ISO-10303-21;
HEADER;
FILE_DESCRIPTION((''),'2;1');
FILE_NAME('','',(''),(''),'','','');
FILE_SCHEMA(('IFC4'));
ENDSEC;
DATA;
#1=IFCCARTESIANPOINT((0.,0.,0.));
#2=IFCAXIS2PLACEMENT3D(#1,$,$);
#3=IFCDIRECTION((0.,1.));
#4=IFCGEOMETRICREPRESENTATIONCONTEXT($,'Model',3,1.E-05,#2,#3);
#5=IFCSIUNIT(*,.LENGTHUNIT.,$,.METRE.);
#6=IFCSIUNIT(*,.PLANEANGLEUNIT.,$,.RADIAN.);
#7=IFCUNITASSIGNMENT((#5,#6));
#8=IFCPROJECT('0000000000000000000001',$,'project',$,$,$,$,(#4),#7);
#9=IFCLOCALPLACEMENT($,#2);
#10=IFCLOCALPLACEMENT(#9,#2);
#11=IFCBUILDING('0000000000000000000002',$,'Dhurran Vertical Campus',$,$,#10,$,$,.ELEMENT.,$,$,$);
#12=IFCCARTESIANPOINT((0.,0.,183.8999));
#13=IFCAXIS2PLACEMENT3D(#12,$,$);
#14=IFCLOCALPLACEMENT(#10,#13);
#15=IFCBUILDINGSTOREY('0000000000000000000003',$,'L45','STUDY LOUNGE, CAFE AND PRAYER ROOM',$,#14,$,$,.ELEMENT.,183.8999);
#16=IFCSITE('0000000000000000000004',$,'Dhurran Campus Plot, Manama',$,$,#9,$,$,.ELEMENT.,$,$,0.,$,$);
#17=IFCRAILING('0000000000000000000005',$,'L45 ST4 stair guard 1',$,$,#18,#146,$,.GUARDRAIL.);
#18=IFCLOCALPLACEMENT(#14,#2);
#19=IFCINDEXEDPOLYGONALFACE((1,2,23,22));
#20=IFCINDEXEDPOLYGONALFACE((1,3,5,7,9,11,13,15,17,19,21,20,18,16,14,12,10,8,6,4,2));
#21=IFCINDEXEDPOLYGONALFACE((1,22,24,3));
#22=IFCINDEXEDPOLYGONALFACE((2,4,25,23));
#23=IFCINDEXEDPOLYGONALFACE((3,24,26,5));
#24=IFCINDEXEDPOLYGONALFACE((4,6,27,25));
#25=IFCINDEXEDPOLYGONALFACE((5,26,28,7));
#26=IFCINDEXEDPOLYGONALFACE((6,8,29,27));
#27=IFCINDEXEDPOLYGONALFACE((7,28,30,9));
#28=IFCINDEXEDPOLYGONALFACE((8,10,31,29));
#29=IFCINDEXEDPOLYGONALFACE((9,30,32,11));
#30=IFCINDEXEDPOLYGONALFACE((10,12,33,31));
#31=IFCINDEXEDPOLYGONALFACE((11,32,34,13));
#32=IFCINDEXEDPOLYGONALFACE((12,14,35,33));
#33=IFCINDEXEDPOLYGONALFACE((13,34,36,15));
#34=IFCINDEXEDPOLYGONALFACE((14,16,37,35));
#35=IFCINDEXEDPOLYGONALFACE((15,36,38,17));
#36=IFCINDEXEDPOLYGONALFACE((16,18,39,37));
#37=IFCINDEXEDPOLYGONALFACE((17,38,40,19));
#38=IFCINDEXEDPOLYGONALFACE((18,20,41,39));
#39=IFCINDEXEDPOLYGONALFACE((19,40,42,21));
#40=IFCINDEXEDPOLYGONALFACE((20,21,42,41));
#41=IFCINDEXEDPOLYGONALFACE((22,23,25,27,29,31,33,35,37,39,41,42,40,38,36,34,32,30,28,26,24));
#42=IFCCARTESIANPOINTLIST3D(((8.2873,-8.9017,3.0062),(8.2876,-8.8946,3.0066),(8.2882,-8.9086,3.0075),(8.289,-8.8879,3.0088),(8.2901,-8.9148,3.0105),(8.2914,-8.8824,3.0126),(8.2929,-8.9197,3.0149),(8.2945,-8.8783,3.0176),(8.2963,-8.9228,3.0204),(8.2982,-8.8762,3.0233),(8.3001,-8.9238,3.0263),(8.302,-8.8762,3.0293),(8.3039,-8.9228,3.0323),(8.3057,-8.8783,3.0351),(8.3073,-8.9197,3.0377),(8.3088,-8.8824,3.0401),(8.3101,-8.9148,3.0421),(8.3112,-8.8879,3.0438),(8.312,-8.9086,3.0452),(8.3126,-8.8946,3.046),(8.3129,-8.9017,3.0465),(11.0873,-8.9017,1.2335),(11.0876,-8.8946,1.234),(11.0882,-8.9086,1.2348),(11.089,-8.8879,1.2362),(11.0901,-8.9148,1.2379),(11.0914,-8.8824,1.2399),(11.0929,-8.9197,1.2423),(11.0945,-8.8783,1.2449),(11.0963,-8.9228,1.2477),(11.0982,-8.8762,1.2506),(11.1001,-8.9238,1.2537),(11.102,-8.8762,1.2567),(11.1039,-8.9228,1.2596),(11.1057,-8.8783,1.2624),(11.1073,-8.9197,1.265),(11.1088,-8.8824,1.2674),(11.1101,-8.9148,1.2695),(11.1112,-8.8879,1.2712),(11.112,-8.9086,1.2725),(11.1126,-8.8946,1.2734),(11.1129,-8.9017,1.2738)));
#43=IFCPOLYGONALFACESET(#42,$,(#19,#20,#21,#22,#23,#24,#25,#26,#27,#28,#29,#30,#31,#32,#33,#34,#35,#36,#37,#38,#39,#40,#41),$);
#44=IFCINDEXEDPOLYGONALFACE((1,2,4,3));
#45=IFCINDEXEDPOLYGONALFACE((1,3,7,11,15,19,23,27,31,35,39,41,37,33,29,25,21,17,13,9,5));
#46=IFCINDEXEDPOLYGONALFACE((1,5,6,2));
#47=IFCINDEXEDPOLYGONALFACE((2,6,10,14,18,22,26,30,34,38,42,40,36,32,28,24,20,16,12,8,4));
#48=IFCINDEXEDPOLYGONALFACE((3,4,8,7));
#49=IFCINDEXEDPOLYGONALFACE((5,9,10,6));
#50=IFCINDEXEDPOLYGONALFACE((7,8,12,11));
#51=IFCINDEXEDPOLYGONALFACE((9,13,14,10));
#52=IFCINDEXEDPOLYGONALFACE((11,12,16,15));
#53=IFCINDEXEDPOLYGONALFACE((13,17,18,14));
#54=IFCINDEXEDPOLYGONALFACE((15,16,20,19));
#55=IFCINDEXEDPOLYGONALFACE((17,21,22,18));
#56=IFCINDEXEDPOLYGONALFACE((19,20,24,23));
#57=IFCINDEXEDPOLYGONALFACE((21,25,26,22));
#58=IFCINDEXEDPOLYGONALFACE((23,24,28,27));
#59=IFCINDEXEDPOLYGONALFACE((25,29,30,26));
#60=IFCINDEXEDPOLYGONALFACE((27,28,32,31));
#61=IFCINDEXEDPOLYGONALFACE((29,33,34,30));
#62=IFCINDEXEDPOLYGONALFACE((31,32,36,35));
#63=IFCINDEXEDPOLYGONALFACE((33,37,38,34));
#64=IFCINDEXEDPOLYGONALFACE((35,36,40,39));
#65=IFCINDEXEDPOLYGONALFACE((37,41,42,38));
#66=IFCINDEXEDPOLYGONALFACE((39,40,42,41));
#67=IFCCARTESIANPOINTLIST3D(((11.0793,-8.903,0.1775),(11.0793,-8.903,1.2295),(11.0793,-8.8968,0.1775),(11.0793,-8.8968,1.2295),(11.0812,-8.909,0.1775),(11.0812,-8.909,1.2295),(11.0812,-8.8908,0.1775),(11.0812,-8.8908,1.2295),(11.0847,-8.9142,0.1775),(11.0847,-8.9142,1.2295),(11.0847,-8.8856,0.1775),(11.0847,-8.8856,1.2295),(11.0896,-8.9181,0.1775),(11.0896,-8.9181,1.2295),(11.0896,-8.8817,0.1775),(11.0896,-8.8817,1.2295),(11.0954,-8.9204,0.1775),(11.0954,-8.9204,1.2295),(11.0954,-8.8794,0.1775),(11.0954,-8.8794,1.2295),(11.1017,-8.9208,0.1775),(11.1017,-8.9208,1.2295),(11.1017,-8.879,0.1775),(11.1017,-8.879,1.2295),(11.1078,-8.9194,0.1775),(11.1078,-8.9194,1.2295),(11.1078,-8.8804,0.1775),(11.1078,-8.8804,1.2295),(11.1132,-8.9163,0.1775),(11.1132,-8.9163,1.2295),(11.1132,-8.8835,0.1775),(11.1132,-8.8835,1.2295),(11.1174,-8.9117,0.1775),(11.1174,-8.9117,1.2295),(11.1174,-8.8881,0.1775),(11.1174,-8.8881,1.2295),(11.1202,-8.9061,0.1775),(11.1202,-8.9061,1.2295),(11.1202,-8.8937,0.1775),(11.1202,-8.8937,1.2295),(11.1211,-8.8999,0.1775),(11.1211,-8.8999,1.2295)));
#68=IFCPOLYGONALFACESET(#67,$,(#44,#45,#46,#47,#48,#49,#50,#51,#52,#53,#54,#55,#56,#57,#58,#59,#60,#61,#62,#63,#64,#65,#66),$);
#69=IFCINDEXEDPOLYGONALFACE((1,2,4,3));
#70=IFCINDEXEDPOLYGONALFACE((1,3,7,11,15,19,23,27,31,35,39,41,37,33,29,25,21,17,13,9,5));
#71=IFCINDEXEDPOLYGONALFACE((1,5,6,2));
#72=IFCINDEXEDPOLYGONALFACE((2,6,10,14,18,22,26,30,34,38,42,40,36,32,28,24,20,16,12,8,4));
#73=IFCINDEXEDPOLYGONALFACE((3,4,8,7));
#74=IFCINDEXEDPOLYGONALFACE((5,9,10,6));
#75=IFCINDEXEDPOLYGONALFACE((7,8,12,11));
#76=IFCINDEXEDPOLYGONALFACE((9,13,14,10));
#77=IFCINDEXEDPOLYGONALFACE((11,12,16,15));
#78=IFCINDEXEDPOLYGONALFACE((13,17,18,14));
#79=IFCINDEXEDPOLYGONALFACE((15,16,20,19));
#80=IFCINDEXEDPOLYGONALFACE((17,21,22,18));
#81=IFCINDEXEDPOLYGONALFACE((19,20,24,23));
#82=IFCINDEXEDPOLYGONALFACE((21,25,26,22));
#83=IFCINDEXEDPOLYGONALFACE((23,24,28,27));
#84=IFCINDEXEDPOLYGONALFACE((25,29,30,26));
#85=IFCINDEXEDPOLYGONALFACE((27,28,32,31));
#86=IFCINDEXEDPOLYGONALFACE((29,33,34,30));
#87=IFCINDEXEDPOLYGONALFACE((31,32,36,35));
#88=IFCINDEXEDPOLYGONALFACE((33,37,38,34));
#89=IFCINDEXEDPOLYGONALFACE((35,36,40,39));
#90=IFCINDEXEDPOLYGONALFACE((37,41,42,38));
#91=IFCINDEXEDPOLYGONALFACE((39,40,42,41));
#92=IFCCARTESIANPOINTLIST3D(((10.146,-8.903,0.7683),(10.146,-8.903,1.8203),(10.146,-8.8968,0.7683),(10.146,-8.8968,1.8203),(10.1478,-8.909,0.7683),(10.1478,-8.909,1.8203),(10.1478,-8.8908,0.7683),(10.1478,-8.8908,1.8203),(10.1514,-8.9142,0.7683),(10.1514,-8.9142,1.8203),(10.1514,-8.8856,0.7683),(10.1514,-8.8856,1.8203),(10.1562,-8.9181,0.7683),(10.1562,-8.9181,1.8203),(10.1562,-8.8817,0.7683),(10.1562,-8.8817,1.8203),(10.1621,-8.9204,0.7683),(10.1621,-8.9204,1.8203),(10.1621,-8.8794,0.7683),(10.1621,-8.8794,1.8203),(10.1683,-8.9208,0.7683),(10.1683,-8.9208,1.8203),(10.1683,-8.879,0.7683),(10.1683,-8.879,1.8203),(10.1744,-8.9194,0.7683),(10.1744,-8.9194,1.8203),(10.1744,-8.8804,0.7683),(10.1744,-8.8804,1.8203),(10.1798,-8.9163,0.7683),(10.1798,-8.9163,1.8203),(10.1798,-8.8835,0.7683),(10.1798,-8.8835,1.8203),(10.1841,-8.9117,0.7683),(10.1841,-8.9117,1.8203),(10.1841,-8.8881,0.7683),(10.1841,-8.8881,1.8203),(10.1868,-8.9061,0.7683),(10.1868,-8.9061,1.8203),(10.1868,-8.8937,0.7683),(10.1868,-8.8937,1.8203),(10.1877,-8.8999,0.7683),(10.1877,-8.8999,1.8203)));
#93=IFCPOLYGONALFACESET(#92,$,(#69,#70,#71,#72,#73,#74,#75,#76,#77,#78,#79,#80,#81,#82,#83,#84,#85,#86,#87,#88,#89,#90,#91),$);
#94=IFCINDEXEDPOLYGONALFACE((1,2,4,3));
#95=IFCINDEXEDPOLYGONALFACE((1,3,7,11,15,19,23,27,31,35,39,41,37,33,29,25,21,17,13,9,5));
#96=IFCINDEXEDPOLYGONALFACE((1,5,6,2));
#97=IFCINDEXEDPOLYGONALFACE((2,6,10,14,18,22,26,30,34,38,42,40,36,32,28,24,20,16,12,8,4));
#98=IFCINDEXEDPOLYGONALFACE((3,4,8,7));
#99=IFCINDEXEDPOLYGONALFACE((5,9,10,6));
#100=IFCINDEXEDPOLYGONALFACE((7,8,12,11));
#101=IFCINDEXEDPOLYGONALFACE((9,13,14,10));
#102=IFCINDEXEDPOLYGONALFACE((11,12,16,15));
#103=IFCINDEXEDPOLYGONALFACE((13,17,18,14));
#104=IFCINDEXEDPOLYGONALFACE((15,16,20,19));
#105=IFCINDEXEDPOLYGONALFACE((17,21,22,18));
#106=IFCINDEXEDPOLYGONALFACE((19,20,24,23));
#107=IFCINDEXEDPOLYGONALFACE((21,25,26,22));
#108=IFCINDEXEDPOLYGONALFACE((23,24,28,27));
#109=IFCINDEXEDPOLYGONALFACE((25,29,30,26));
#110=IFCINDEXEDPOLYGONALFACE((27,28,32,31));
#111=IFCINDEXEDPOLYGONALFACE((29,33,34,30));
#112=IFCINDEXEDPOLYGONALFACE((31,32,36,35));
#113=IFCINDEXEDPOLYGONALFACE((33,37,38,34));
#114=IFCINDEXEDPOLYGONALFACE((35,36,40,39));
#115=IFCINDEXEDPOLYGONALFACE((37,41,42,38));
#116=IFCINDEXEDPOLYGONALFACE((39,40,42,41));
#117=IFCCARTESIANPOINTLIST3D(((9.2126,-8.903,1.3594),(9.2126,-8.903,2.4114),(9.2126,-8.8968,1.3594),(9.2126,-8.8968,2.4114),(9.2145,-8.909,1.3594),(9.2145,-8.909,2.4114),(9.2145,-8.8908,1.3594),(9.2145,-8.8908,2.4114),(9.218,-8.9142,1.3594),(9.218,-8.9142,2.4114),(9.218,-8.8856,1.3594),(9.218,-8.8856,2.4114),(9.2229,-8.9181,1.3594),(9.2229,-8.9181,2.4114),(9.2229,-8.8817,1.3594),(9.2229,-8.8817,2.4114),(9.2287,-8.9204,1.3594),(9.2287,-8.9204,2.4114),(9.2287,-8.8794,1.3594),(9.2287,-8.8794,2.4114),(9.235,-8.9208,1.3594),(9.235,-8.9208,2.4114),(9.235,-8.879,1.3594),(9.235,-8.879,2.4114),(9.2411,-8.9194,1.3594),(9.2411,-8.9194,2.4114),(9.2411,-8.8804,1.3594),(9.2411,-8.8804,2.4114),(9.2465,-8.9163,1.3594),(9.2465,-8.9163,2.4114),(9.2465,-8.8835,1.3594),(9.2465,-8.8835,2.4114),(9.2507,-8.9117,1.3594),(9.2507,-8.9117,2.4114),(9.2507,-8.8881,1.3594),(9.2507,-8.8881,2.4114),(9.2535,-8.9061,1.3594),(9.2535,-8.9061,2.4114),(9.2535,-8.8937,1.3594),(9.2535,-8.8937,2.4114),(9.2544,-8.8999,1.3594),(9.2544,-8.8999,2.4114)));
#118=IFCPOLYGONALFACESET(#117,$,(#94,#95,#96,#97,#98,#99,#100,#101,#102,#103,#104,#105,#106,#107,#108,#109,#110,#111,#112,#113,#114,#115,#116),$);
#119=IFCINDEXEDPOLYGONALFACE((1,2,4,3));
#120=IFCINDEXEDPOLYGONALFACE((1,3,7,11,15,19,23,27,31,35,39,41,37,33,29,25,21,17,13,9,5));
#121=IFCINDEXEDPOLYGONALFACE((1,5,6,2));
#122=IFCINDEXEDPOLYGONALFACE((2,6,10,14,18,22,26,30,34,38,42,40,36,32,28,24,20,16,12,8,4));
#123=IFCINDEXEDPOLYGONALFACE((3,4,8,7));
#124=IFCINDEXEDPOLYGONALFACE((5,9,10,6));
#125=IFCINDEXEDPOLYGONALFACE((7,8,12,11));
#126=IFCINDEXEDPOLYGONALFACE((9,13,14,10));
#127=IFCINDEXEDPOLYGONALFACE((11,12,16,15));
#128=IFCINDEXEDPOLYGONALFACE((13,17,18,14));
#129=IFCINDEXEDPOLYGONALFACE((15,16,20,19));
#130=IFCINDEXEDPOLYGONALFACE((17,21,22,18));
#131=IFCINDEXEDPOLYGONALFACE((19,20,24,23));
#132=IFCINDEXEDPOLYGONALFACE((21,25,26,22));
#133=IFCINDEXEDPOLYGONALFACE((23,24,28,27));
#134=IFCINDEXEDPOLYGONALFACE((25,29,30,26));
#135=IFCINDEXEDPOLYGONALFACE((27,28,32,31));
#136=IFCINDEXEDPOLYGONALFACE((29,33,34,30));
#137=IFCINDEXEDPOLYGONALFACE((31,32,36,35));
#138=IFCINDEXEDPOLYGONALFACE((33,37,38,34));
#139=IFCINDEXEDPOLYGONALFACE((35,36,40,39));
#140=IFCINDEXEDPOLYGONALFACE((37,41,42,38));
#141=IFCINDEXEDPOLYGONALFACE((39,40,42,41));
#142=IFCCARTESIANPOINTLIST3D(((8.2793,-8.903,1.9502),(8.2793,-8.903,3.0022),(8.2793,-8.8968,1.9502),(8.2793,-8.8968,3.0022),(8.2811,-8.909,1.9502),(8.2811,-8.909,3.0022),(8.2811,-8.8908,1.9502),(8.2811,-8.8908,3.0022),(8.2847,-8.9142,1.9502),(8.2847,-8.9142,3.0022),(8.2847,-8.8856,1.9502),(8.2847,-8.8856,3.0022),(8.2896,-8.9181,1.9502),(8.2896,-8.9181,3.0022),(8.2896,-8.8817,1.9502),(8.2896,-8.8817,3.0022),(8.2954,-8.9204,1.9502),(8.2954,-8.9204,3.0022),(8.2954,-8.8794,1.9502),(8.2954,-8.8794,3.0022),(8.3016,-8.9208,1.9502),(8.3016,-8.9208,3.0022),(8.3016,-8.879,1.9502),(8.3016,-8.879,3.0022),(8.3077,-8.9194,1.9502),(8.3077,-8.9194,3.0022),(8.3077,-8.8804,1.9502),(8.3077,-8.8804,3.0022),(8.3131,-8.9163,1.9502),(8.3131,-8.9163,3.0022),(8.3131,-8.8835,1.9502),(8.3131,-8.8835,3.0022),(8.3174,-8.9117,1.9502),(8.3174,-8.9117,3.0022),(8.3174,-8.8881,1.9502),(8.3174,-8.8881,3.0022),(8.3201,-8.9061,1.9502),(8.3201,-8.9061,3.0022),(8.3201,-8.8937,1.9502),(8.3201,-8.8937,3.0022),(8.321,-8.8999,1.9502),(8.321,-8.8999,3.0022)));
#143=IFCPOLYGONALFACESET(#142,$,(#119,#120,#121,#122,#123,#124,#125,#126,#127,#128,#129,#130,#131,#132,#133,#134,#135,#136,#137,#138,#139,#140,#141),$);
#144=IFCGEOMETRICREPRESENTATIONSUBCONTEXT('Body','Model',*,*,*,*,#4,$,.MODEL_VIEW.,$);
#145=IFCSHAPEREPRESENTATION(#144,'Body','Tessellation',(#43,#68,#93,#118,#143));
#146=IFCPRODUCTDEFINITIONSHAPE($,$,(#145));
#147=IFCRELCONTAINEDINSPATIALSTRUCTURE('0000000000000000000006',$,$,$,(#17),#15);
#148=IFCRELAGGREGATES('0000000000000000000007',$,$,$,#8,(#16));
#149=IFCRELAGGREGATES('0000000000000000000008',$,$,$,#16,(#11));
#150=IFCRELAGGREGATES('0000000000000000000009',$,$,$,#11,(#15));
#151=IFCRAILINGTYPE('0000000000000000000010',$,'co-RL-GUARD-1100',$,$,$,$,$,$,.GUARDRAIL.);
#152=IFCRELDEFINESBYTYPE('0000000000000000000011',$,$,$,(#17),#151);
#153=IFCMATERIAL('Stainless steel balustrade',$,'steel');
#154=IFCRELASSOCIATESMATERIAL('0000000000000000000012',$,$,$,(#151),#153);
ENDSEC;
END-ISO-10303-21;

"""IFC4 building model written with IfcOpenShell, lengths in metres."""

from ifc_helpers import new_model, si_unit, direction, frame, origin, origin_2d, place, context, subcontext, project, spatial, circle, extrude, material, type_object, element, save


model = new_model("IFC4")

# Units and contexts
model_context = context("Model", 3, precision=1e-05, world=origin(), true_north=direction((0.0, 1.0)))
body_context = subcontext(model_context, "Body", "Model", "MODEL_VIEW")
ifc_project = project(units=[si_unit("LENGTHUNIT", "METRE"), si_unit("PLANEANGLEUNIT", "RADIAN")], contexts=[model_context])

# Site, building, storey
site_placement = place(None, origin())
site = spatial("IfcSite", under=ifc_project, at=site_placement, Name="Dhurran Campus Plot, Manama", CompositionType="ELEMENT", RefElevation=0.0)
building_placement = place(site_placement, origin())
building = spatial("IfcBuilding", under=site, at=building_placement, Name="Dhurran Vertical Campus", CompositionType="ELEMENT")
storey_placement = place(building_placement, frame((0.0, 0.0, 183.8999)))
storey = spatial("IfcBuildingStorey", under=building, at=storey_placement, Name="L45", Description="STUDY LOUNGE, CAFE AND PRAYER ROOM", CompositionType="ELEMENT", Elevation=183.8999)

# Railing
ifc_material_1 = material(Name="Stainless steel balustrade", Category="steel")
railing_type_1 = type_object("IfcRailingType", Name="co-RL-GUARD-1100", PredefinedType="GUARDRAIL", material=ifc_material_1)
railing_1_placement = place(storey_placement, frame((11.1001, -8.8999, 0.1775)))
element("IfcRailing", 1, at=railing_1_placement, inside=storey, type_object=railing_type_1, Name="L45 ST4 stair guard 1", PredefinedType="GUARDRAIL", context=body_context, shape_type="SweptSolid", body=[
    extrude(circle(Radius=0.0239, at=origin_2d()), frame((0.0, 0.0, 1.0762), z_axis=(-0.844909, 0.0, 0.53491), x_axis=(0.0, -1.0, 0.0)), (0.0, 0.0, 1.0), 3.314),
    extrude(circle(Radius=0.021, at=origin_2d()), origin(), (0.0, 0.0, 1.0), 1.052),
    extrude(circle(Radius=0.021, at=origin_2d()), frame((-0.9333, 0.0, 0.5908)), (0.0, 0.0, 1.0), 1.052),
    extrude(circle(Radius=0.021, at=origin_2d()), frame((-1.8667, 0.0, 1.1819)), (0.0, 0.0, 1.0), 1.052),
    extrude(circle(Radius=0.021, at=origin_2d()), frame((-2.8, 0.0, 1.7727)), (0.0, 0.0, 1.0), 1.052),
])

save(model, "model.ifc")
